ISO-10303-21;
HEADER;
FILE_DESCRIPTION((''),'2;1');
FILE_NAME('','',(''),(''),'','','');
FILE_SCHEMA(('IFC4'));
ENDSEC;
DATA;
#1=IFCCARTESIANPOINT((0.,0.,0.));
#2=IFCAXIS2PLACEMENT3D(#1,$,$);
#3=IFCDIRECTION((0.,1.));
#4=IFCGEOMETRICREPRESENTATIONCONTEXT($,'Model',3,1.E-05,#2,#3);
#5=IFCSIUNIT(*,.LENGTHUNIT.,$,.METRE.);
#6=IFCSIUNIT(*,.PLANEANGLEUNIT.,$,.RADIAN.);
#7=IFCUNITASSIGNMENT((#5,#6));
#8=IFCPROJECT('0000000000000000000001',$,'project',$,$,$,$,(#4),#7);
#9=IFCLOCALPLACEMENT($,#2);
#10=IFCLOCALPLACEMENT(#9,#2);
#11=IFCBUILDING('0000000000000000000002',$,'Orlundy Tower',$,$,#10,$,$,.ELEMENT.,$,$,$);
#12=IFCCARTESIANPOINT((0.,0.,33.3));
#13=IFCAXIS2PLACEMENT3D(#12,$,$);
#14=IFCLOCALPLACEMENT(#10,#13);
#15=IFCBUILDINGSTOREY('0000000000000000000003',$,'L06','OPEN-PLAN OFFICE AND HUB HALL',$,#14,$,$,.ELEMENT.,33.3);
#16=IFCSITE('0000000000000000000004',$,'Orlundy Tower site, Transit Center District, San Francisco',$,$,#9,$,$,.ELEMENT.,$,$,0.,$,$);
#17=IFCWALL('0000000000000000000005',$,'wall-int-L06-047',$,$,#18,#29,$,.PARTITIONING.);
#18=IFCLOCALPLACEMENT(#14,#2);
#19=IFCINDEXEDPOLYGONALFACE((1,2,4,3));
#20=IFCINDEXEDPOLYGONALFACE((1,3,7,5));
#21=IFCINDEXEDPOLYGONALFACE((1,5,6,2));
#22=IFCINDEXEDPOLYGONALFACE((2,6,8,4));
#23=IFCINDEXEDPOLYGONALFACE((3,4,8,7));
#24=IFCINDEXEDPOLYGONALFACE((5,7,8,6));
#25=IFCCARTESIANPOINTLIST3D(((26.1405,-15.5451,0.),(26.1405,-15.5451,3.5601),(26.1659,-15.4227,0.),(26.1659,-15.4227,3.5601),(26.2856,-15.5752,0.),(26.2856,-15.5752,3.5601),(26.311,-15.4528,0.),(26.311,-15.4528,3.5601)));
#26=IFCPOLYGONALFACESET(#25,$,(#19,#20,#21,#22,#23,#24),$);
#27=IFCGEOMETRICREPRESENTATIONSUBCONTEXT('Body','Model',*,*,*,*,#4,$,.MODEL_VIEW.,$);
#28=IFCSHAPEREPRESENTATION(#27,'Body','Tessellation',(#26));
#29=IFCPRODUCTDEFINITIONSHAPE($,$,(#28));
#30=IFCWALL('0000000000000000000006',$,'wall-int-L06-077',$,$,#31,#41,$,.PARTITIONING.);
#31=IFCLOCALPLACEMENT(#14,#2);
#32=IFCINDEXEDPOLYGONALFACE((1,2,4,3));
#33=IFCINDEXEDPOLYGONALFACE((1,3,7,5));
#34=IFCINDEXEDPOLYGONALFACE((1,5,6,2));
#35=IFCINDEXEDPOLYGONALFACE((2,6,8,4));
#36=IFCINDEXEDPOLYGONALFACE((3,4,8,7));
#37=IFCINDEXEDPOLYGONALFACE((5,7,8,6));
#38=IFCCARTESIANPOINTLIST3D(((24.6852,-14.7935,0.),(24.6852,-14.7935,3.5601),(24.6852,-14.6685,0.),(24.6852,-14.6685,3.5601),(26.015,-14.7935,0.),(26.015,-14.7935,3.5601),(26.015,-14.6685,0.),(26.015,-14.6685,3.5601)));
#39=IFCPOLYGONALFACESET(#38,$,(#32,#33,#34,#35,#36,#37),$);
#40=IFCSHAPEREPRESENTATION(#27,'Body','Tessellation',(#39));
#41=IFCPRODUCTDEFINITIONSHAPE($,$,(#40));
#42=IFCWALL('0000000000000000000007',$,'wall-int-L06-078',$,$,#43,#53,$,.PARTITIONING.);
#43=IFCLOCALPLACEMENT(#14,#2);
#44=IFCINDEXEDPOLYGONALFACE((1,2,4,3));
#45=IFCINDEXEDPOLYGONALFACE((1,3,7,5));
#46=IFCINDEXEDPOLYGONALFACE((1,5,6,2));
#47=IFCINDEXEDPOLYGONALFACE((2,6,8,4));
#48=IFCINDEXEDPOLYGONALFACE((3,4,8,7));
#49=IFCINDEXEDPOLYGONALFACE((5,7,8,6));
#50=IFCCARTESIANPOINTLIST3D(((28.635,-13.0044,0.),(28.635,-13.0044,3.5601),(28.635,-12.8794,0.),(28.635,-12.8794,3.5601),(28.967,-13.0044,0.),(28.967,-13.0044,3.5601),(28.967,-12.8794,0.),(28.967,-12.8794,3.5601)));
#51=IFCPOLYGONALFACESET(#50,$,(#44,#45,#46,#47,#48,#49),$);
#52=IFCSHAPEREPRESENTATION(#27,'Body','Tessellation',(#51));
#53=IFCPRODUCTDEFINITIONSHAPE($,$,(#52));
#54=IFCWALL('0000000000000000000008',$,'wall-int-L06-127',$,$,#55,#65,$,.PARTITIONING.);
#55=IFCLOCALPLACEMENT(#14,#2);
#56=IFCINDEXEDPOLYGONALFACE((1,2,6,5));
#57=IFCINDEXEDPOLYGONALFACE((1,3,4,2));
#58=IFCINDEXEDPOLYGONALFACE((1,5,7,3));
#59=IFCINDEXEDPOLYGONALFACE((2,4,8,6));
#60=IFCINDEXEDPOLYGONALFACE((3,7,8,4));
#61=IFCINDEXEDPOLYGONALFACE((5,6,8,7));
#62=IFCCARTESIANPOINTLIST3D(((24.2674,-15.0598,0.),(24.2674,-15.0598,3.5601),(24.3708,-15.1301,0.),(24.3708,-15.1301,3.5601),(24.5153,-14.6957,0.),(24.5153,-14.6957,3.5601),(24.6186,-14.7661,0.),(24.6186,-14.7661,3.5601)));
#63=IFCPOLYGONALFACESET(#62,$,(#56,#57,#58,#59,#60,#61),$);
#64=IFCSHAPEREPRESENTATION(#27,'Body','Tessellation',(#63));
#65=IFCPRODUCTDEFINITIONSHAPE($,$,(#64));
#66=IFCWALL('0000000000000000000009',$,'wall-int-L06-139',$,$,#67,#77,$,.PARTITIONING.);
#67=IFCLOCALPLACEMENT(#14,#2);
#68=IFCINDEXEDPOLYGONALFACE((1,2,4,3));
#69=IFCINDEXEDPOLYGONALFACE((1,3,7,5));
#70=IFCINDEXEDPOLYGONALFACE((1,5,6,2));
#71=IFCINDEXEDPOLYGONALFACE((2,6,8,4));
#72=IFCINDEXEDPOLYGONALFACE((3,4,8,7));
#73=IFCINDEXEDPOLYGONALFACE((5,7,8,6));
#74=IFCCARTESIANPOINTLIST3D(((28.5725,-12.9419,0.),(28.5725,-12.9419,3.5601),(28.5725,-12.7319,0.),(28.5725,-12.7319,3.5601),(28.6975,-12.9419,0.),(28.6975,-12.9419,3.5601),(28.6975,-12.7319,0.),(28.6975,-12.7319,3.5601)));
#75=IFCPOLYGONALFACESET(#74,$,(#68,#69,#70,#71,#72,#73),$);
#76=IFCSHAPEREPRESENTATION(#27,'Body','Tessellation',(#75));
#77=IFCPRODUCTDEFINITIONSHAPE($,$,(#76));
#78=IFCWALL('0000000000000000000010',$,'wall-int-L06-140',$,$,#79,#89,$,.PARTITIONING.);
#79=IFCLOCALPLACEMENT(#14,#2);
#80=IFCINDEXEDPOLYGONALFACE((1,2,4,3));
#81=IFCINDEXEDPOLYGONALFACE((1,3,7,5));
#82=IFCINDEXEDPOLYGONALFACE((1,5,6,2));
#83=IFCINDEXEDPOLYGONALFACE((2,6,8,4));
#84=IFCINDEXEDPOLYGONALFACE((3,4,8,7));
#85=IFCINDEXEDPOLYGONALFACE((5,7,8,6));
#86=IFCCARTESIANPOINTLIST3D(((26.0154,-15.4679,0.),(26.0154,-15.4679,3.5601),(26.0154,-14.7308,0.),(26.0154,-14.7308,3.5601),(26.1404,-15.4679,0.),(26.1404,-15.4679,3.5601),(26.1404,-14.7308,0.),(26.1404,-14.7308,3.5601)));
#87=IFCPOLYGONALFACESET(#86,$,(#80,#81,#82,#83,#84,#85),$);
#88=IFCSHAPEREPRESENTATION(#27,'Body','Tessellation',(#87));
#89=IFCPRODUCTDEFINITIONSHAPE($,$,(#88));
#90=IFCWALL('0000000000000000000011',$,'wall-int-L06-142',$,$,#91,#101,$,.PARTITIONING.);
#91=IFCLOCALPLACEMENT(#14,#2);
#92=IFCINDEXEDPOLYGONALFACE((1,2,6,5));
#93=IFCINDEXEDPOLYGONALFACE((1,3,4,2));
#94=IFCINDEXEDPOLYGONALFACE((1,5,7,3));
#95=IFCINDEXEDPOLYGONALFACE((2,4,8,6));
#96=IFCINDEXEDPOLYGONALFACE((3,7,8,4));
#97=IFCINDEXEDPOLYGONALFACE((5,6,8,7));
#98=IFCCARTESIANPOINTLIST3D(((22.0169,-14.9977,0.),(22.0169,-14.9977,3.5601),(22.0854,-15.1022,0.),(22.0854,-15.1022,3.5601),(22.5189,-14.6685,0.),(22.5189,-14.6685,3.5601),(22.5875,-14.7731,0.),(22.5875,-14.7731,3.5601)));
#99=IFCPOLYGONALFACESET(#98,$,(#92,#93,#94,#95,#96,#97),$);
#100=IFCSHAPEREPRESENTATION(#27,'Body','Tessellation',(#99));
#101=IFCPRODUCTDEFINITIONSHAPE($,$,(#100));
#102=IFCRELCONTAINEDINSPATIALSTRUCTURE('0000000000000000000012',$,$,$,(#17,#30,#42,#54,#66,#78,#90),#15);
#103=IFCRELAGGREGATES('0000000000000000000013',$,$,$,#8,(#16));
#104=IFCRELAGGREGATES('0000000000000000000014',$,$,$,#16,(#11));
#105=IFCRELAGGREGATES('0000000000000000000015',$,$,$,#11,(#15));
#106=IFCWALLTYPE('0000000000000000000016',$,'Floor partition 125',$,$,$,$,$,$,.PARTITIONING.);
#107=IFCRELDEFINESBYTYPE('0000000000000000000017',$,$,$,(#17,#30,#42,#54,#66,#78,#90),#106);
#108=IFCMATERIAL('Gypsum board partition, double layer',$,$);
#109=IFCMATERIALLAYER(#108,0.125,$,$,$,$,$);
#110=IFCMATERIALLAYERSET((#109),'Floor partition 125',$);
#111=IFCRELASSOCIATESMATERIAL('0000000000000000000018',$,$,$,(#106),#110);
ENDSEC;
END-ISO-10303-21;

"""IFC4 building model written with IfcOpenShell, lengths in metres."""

from ifc_helpers import new_model, si_unit, direction, frame, frame_2d, origin, place, context, subcontext, project, spatial, rectangle, extrude, material, layer, layer_set, type_object, element, save


model = new_model("IFC4")

# Units and contexts
model_context = context("Model", 3, precision=1e-05, world=origin(), true_north=direction((0.0, 1.0)))
body_context = subcontext(model_context, "Body", "Model", "MODEL_VIEW")
ifc_project = project(units=[si_unit("LENGTHUNIT", "METRE"), si_unit("PLANEANGLEUNIT", "RADIAN")], contexts=[model_context])

# Site, building, storey
site_placement = place(None, origin())
site = spatial("IfcSite", under=ifc_project, at=site_placement, Name="Orlundy Tower site, Transit Center District, San Francisco", CompositionType="ELEMENT", RefElevation=0.0)
building_placement = place(site_placement, origin())
building = spatial("IfcBuilding", under=site, at=building_placement, Name="Orlundy Tower", CompositionType="ELEMENT")
storey_placement = place(building_placement, frame((0.0, 0.0, 33.3)))
storey = spatial("IfcBuildingStorey", under=building, at=storey_placement, Name="L06", Description="OPEN-PLAN OFFICE AND HUB HALL", CompositionType="ELEMENT", Elevation=33.3)

# Shared definitions
ifc_material_1 = material(Name="Gypsum board partition, double layer")
ifc_layer_1 = layer(ifc_material_1, 0.125)
ifc_layer_set_1 = layer_set([ifc_layer_1], Name="Floor partition 125")
wall_type_1 = type_object("IfcWallType", Name="Floor partition 125", PredefinedType="PARTITIONING", material=ifc_layer_set_1)

# Walls
wall_1_placement = place(storey_placement, frame((26.1531, -15.4839, 0.0), z_axis=(0.0, 0.0, 1.0), x_axis=(0.979227, -0.202769, 0.0)))
element("IfcWall", 1, at=wall_1_placement, inside=storey, type_object=wall_type_1, Name="wall-int-L06-047", PredefinedType="PARTITIONING", context=body_context, shape_type="SweptSolid", body=[
    extrude(rectangle(XDim=0.1482, YDim=0.125, at=frame_2d((0.0742, 0.0))), origin(), (0.0, 0.0, 1.0), 3.5601),
])
wall_2_placement = place(storey_placement, frame((24.6851, -14.731, 0.0), z_axis=(0.0, 0.0, 1.0), x_axis=(1.0, 0.0, 0.0)))
element("IfcWall", 2, at=wall_2_placement, inside=storey, type_object=wall_type_1, Name="wall-int-L06-077", PredefinedType="PARTITIONING", context=body_context, shape_type="SweptSolid", body=[
    extrude(rectangle(XDim=1.3298, YDim=0.125, at=frame_2d((0.665, 0.0))), origin(), (0.0, 0.0, 1.0), 3.5601),
])
wall_3_placement = place(storey_placement, frame((28.635, -12.9419, 0.0), z_axis=(0.0, 0.0, 1.0), x_axis=(1.0, 0.0, 0.0)))
element("IfcWall", 3, at=wall_3_placement, inside=storey, type_object=wall_type_1, Name="wall-int-L06-078", PredefinedType="PARTITIONING", context=body_context, shape_type="SweptSolid", body=[
    extrude(rectangle(XDim=0.332, YDim=0.125, at=frame_2d((0.166, 0.0))), origin(), (0.0, 0.0, 1.0), 3.5601),
])
wall_4_placement = place(storey_placement, frame((24.3191, -15.095, 0.0), z_axis=(0.0, 0.0, 1.0), x_axis=(0.562735, 0.826638, 0.0)))
element("IfcWall", 4, at=wall_4_placement, inside=storey, type_object=wall_type_1, Name="wall-int-L06-127", PredefinedType="PARTITIONING", context=body_context, shape_type="SweptSolid", body=[
    extrude(rectangle(XDim=0.4404, YDim=0.125, at=frame_2d((0.2202, 0.0))), origin(), (0.0, 0.0, 1.0), 3.5601),
])
wall_5_placement = place(storey_placement, frame((28.635, -12.9419, 0.0), z_axis=(0.0, 0.0, 1.0), x_axis=(0.0, 1.0, 0.0)))
element("IfcWall", 5, at=wall_5_placement, inside=storey, type_object=wall_type_1, Name="wall-int-L06-139", PredefinedType="PARTITIONING", context=body_context, shape_type="SweptSolid", body=[
    extrude(rectangle(XDim=0.21, YDim=0.125, at=frame_2d((0.105, 0.0))), origin(), (0.0, 0.0, 1.0), 3.5601),
])
wall_6_placement = place(storey_placement, frame((26.0779, -15.468, 0.0), z_axis=(0.0, 0.0, 1.0), x_axis=(0.0, 1.0, 0.0)))
element("IfcWall", 6, at=wall_6_placement, inside=storey, type_object=wall_type_1, Name="wall-int-L06-140", PredefinedType="PARTITIONING", context=body_context, shape_type="SweptSolid", body=[
    extrude(rectangle(XDim=0.7371, YDim=0.125, at=frame_2d((0.3687, 0.0))), origin(), (0.0, 0.0, 1.0), 3.5601),
])
wall_7_placement = place(storey_placement, frame((22.051, -15.05, 0.0), z_axis=(0.0, 0.0, 1.0), x_axis=(0.836281, 0.548301, 0.0)))
element("IfcWall", 7, at=wall_7_placement, inside=storey, type_object=wall_type_1, Name="wall-int-L06-142", PredefinedType="PARTITIONING", context=body_context, shape_type="SweptSolid", body=[
    extrude(rectangle(XDim=0.6003, YDim=0.125, at=frame_2d((0.3003, 0.0))), origin(), (0.0, 0.0, 1.0), 3.5601),
])

save(model, "model.ifc")
